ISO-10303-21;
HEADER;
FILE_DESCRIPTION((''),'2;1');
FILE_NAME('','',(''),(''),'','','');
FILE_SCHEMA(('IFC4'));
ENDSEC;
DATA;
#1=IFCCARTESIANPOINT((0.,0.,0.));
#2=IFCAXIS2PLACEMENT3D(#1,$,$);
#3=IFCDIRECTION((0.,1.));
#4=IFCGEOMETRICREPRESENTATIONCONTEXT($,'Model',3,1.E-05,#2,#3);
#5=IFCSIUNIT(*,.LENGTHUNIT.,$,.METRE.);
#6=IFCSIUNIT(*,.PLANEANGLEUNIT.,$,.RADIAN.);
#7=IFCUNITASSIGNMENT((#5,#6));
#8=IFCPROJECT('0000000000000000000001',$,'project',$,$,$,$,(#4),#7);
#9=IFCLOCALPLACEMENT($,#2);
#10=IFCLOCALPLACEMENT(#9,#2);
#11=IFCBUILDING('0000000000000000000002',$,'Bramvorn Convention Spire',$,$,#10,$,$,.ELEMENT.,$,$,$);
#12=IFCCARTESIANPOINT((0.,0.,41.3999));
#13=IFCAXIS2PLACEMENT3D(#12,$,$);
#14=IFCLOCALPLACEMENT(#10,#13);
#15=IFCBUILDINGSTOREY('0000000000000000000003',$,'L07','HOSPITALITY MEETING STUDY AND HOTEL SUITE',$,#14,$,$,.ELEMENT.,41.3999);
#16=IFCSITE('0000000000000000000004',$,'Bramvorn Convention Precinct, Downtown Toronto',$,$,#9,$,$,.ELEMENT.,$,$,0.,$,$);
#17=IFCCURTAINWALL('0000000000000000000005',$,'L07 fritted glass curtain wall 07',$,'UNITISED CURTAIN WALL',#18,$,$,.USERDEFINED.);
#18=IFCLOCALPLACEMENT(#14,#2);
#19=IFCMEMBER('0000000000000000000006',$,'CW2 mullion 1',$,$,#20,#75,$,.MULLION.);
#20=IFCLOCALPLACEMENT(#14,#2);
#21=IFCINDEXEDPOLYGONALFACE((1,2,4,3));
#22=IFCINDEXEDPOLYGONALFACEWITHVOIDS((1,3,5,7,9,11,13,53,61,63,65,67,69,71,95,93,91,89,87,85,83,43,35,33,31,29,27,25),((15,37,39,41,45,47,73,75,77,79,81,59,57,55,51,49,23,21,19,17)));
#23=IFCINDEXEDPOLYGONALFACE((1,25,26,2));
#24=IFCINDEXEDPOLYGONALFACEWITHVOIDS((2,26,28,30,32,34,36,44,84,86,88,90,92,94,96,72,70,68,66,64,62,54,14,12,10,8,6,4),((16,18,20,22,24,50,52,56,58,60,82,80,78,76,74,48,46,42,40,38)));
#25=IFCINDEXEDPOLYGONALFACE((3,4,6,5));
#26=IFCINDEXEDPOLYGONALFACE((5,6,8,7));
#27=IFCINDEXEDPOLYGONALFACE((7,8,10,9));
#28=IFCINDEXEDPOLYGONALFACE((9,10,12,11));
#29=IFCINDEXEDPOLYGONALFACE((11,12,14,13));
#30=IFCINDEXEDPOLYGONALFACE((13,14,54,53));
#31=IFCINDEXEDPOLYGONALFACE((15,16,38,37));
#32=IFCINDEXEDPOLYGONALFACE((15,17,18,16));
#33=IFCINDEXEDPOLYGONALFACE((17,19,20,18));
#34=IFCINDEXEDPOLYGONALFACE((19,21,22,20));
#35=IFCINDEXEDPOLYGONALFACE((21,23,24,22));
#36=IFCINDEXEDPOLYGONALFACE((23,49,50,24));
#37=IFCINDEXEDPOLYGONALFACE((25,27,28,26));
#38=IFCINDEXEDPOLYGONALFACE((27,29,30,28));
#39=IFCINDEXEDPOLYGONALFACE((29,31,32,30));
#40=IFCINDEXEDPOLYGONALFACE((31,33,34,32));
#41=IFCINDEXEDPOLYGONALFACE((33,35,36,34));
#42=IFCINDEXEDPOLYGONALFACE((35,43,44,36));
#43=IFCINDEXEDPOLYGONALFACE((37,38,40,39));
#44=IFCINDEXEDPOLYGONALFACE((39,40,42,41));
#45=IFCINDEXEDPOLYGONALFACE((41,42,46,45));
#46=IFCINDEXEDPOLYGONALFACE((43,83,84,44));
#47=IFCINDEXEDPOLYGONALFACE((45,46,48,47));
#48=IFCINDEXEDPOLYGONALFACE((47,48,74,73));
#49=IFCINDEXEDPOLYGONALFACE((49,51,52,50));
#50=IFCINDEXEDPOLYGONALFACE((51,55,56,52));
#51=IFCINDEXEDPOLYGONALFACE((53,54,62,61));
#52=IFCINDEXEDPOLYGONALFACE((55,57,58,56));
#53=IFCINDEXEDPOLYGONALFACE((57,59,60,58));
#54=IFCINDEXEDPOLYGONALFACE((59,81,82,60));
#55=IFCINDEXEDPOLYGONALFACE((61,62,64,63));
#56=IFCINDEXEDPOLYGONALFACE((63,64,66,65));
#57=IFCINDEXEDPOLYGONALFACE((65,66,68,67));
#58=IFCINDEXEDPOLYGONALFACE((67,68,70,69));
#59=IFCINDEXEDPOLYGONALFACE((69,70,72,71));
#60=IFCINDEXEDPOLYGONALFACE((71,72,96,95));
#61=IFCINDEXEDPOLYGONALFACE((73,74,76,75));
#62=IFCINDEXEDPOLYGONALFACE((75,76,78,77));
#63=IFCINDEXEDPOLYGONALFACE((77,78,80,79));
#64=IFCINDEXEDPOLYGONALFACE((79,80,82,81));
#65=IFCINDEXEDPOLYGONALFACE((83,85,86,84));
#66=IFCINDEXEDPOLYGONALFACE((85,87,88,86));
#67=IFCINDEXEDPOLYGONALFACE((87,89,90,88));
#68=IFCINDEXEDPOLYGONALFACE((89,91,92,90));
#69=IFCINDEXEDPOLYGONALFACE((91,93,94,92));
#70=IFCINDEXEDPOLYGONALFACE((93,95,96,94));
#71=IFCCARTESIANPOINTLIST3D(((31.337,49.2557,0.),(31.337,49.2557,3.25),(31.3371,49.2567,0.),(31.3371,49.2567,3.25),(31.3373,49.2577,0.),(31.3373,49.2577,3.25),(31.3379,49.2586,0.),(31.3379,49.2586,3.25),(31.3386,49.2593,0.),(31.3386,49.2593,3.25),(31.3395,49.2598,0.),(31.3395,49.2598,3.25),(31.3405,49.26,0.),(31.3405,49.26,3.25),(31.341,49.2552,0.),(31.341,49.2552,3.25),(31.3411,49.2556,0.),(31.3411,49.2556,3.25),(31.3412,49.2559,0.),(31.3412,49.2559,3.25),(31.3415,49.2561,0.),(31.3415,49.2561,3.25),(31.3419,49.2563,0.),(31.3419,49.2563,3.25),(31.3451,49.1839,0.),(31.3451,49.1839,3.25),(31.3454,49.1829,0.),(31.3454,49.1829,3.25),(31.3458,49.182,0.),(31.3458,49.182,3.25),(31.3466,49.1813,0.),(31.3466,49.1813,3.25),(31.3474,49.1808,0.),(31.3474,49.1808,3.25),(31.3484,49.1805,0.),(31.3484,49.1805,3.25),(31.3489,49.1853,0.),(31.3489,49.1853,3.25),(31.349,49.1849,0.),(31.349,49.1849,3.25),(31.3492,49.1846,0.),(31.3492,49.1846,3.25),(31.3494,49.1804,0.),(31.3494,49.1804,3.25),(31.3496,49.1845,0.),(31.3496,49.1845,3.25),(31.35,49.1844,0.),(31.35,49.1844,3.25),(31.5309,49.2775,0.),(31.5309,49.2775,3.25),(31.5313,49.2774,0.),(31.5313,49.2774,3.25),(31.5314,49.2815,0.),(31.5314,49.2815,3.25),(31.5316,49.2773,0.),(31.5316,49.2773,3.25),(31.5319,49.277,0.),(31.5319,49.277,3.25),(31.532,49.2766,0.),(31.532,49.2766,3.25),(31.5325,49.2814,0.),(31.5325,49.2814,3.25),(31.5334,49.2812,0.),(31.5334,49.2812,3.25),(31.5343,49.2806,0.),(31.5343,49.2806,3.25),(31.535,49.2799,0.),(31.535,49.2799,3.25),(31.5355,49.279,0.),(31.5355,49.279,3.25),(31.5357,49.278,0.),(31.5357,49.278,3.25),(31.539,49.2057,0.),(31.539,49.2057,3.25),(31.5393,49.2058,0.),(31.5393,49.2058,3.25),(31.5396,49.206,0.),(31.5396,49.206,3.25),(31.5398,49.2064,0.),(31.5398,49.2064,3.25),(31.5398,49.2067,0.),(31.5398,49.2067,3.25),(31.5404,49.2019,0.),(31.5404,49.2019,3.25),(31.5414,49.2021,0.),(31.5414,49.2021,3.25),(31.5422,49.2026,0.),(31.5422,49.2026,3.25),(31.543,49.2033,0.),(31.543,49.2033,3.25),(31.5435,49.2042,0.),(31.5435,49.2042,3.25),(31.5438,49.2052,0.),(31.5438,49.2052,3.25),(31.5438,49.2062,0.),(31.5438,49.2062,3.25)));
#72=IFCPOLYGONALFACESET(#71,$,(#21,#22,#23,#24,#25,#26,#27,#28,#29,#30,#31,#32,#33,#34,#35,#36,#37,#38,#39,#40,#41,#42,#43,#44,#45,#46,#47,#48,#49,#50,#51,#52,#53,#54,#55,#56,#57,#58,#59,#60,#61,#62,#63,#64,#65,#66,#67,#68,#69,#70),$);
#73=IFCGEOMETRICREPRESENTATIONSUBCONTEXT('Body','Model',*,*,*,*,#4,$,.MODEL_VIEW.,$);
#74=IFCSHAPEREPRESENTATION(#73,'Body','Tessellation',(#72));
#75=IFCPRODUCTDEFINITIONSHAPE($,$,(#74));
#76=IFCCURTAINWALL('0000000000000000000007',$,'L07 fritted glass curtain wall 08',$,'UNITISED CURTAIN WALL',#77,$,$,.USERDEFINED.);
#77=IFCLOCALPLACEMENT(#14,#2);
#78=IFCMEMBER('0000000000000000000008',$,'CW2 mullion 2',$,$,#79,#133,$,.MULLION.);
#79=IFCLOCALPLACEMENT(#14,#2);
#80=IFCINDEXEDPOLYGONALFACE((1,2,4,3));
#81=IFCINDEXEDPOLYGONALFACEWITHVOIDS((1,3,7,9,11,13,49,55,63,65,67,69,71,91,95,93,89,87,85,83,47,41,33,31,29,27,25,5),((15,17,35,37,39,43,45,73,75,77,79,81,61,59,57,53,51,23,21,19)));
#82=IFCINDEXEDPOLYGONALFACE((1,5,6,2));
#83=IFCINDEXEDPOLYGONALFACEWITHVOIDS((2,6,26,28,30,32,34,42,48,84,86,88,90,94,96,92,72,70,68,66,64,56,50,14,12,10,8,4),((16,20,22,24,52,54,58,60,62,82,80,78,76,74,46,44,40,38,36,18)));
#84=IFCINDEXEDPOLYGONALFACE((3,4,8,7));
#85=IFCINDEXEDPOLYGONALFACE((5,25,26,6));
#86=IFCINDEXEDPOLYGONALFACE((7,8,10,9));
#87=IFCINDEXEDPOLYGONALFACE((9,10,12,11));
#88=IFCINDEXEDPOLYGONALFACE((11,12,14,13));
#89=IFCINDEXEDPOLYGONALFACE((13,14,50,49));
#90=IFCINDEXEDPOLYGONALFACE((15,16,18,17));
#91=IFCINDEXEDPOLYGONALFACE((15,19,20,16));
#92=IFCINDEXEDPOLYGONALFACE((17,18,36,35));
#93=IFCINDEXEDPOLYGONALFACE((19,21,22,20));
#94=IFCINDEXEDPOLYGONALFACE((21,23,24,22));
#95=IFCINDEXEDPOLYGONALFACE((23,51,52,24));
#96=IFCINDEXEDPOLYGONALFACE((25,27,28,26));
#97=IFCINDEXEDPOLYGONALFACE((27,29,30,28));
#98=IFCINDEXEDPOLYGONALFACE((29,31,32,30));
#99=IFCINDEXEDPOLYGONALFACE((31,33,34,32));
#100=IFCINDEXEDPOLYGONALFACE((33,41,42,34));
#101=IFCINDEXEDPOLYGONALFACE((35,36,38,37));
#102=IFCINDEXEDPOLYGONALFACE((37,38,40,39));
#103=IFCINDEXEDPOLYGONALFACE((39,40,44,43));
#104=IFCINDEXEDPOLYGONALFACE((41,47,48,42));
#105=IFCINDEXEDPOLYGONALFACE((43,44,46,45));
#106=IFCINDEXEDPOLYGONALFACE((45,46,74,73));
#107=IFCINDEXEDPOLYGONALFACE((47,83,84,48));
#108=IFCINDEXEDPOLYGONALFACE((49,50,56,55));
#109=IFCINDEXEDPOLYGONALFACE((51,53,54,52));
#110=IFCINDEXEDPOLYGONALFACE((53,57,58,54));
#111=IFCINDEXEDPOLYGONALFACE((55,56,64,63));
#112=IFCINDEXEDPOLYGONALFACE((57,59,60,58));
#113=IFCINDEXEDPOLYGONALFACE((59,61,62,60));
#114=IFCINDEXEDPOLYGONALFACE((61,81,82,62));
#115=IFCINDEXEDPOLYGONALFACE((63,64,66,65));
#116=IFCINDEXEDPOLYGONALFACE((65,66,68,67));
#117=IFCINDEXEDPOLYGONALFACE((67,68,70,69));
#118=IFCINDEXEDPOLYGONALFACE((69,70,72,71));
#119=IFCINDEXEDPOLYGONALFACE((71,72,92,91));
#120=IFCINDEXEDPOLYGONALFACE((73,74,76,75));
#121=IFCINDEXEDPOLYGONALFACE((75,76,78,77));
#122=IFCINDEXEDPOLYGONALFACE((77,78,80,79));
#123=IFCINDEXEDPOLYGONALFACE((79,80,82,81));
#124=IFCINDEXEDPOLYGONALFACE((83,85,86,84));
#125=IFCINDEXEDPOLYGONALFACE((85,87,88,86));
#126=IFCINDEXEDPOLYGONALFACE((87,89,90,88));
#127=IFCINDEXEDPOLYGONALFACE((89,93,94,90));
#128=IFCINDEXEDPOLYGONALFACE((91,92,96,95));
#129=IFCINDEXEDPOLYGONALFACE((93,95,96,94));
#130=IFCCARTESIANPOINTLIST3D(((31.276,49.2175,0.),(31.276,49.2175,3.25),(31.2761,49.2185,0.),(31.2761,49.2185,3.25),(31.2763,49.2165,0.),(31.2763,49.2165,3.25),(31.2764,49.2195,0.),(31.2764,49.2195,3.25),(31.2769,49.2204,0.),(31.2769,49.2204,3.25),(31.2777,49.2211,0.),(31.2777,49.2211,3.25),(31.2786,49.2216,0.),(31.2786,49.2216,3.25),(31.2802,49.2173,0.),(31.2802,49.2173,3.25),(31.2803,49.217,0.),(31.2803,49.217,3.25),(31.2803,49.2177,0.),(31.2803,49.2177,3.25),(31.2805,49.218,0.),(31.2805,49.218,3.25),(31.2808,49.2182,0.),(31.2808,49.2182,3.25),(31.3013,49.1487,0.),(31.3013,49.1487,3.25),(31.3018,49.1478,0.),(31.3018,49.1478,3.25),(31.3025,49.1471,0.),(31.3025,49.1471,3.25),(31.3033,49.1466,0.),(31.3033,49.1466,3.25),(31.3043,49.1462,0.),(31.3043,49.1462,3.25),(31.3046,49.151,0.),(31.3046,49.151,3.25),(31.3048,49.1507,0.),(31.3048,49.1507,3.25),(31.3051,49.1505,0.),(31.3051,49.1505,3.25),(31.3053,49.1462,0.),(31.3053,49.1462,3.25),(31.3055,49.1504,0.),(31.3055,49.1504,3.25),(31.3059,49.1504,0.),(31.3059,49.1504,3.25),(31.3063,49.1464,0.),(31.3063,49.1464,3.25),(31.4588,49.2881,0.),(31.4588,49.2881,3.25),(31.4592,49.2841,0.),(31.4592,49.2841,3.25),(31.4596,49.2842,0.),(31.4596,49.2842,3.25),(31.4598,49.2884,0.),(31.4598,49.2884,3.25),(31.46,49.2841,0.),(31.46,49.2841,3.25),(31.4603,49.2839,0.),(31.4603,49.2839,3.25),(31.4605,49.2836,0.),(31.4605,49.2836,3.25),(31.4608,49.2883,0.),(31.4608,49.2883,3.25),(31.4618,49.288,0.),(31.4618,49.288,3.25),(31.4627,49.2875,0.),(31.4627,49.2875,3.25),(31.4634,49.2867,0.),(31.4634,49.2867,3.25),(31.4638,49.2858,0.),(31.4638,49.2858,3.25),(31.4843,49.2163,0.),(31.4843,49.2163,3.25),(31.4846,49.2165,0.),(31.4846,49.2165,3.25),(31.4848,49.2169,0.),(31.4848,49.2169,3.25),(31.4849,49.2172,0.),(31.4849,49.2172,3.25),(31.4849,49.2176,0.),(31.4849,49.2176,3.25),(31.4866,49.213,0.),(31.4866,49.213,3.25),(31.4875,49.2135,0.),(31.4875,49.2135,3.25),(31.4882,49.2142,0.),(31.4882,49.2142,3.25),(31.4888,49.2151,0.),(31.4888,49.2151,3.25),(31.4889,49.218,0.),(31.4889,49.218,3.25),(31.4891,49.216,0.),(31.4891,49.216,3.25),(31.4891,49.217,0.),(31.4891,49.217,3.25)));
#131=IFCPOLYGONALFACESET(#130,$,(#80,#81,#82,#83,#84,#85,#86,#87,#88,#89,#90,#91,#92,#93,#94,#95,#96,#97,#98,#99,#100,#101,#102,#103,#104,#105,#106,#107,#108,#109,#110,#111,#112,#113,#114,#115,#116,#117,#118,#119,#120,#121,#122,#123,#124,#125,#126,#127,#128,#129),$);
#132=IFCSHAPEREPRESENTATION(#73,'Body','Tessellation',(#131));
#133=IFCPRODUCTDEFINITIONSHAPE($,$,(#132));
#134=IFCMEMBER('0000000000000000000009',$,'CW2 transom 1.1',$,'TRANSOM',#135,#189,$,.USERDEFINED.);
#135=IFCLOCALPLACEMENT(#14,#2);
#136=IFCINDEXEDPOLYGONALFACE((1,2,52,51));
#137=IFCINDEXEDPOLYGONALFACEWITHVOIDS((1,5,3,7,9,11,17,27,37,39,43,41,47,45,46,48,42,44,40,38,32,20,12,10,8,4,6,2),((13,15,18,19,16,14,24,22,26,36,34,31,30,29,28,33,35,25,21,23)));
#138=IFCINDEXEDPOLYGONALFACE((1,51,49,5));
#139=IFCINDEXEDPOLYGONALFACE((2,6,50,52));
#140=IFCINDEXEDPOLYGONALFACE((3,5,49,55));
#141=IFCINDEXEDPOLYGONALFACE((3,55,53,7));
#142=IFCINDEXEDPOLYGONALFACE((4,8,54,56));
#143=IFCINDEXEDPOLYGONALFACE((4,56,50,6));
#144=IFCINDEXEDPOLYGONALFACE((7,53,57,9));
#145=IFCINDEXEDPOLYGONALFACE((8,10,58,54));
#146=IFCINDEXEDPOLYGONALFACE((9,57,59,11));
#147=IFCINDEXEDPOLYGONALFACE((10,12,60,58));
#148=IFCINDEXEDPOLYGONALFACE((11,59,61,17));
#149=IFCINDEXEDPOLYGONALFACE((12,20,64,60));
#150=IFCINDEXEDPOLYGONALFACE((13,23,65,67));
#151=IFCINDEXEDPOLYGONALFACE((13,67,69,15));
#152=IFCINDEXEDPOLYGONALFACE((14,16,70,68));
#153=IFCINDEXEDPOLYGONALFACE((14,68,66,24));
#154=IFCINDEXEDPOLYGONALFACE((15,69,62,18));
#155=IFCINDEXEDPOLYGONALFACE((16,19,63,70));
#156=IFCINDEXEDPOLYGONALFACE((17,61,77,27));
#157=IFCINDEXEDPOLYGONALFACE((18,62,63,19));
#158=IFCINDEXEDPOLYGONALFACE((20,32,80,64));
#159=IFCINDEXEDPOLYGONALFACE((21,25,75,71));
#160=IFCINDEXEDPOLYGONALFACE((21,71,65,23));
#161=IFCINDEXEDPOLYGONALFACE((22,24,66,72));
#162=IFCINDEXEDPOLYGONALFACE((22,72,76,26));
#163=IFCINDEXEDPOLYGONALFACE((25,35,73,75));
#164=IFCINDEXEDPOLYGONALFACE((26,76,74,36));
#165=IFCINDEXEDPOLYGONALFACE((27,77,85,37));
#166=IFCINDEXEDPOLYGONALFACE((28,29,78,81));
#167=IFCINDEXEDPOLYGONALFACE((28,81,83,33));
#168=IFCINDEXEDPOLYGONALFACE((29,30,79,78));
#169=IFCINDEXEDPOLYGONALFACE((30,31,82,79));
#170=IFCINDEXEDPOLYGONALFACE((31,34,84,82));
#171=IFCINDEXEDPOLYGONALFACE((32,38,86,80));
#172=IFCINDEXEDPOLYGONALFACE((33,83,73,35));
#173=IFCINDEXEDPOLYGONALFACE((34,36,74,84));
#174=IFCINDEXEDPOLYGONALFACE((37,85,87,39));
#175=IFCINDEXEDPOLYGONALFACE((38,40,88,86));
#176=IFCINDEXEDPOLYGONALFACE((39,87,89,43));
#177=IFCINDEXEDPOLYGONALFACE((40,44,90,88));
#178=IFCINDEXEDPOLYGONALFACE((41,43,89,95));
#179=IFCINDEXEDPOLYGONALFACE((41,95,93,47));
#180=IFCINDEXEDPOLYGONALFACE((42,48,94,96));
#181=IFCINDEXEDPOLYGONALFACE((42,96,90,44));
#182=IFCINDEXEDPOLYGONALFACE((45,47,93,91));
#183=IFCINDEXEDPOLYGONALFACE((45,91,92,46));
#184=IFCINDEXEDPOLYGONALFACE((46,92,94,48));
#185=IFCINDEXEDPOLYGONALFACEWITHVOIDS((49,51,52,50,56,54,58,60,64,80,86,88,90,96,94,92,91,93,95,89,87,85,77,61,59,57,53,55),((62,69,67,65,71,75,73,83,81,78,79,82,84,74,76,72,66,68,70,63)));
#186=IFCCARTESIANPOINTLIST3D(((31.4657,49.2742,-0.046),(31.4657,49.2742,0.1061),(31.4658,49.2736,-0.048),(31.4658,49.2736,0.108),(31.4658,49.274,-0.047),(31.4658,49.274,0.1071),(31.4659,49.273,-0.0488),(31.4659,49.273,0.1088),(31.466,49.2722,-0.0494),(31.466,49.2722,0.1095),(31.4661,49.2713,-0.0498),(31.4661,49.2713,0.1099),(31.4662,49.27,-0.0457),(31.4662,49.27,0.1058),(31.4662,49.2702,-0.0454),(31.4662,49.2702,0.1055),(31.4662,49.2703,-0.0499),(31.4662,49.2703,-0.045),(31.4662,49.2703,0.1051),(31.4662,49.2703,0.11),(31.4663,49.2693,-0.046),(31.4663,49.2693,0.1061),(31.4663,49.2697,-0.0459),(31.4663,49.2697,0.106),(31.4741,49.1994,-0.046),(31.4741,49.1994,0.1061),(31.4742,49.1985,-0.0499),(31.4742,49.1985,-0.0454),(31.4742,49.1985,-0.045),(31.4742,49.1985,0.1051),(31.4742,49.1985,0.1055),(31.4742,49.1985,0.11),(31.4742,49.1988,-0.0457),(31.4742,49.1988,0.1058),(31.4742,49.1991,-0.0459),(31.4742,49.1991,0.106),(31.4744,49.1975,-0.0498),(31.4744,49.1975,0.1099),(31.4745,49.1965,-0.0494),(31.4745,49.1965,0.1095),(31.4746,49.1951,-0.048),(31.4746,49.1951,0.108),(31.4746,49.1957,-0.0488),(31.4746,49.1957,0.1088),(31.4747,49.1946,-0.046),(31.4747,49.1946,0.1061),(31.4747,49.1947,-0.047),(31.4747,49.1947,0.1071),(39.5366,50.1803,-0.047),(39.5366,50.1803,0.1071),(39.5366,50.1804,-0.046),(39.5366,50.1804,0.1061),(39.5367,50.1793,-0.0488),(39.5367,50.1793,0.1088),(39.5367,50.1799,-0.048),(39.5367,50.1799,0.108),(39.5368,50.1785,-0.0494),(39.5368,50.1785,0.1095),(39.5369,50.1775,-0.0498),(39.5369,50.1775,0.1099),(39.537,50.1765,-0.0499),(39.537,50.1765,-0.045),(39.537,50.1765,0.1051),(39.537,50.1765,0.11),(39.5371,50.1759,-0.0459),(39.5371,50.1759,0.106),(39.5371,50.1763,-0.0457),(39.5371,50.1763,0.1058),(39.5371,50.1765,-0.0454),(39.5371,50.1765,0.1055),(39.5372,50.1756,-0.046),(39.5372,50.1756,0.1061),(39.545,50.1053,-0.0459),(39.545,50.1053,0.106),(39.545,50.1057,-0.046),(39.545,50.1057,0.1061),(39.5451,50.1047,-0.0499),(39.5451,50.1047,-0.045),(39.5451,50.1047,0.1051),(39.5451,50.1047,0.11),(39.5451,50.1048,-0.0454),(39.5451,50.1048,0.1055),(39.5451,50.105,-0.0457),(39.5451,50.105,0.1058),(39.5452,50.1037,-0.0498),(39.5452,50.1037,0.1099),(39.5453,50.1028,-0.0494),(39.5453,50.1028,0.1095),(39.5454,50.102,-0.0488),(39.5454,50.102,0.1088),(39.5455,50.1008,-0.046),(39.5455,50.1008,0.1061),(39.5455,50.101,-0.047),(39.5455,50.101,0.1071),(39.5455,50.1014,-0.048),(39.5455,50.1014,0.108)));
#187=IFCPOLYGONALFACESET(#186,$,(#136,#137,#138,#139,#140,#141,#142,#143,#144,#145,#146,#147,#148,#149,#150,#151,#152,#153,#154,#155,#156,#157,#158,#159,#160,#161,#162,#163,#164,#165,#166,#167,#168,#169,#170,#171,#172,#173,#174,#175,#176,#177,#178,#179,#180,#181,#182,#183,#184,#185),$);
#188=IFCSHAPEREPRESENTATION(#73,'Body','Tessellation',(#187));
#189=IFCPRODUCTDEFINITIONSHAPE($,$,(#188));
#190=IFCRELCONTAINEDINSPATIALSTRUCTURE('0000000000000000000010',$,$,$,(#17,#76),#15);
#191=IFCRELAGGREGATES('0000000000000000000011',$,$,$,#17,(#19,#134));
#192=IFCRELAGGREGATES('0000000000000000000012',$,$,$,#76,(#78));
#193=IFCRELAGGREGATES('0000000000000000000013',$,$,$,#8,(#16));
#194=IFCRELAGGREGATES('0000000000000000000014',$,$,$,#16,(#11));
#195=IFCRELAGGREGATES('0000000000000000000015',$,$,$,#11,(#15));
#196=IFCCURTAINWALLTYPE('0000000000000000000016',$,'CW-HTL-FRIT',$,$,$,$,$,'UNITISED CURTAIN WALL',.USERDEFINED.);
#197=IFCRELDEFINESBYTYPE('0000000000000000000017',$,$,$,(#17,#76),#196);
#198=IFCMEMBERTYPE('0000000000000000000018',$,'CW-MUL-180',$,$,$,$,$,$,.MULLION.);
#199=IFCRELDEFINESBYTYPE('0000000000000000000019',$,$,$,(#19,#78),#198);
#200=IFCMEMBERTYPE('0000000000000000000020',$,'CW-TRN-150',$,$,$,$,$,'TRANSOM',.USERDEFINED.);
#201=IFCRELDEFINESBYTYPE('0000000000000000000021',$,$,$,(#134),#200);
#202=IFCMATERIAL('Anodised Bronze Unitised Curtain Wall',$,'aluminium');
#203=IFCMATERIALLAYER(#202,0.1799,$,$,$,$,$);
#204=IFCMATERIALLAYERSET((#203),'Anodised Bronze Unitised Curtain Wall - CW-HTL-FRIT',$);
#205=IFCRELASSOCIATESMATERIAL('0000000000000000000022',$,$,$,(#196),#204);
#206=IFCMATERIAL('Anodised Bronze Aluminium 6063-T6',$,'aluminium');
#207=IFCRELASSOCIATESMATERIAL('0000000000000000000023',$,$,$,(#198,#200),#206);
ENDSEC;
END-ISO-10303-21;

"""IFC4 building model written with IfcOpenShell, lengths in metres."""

from ifc_helpers import new_model, si_unit, direction, frame, origin, origin_2d, place, context, subcontext, project, spatial, hollow_rectangle, extrude, material, layer, layer_set, material_profile, profile_set, type_object, element, aggregate, save


model = new_model("IFC4")

# Units and contexts
model_context = context("Model", 3, precision=1e-05, world=origin(), true_north=direction((0.0, 1.0)))
body_context = subcontext(model_context, "Body", "Model", "MODEL_VIEW")
ifc_project = project(units=[si_unit("LENGTHUNIT", "METRE"), si_unit("PLANEANGLEUNIT", "RADIAN")], contexts=[model_context])

# Site, building, storey
site_placement = place(None, origin())
site = spatial("IfcSite", under=ifc_project, at=site_placement, Name="Bramvorn Convention Precinct, Downtown Toronto", CompositionType="ELEMENT", RefElevation=0.0)
building_placement = place(site_placement, origin())
building = spatial("IfcBuilding", under=site, at=building_placement, Name="Bramvorn Convention Spire", CompositionType="ELEMENT")
storey_placement = place(building_placement, frame((0.0, 0.0, 41.3999)))
storey = spatial("IfcBuildingStorey", under=building, at=storey_placement, Name="L07", Description="HOSPITALITY MEETING STUDY AND HOTEL SUITE", CompositionType="ELEMENT", Elevation=41.3999)

# Curtain walls, members
ifc_material_1 = material(Name="Anodised Bronze Unitised Curtain Wall", Category="aluminium")
ifc_layer_1 = layer(ifc_material_1, 0.1799)
ifc_layer_set_1 = layer_set([ifc_layer_1], Name="Anodised Bronze Unitised Curtain Wall - CW-HTL-FRIT")
curtain_wall_type = type_object("IfcCurtainWallType", Name="CW-HTL-FRIT", ElementType="UNITISED CURTAIN WALL", PredefinedType="USERDEFINED", material=ifc_layer_set_1)
curtain_wall_1_placement = place(storey_placement, origin())
curtain_wall_1 = element("IfcCurtainWall", 1, at=curtain_wall_1_placement, inside=storey, type_object=curtain_wall_type, Name="L07 fritted glass curtain wall 07", ObjectType="UNITISED CURTAIN WALL", PredefinedType="USERDEFINED")
ifc_material_2 = material(Name="Anodised Bronze Aluminium 6063-T6", Category="aluminium")
ifc_material_profile_1 = material_profile(ifc_material_2, hollow_rectangle(XDim=0.0801, YDim=0.2, WallThickness=0.0039, InnerFilletRadius=0.001, OuterFilletRadius=0.0039, at=origin_2d()))
ifc_profile_set_1 = profile_set([ifc_material_profile_1], Name="Anodised Bronze Aluminium 6063-T6 - CWM80X200")
member_type_1 = type_object("IfcMemberType", Name="CW-MUL-180", PredefinedType="MULLION", material=ifc_profile_set_1)
member_1_placement = place(storey_placement, frame((31.4404, 49.231, 0.0), z_axis=(0.0, 0.0, 1.0), x_axis=(-0.111583, 0.993755, 0.0)))
member_1 = element("IfcMember", 2, at=member_1_placement, type_object=member_type_1, Name="CW2 mullion 1", PredefinedType="MULLION", context=body_context, shape_type="SweptSolid", body=[
    extrude(hollow_rectangle(XDim=0.0801, YDim=0.2, WallThickness=0.0039, InnerFilletRadius=0.001, OuterFilletRadius=0.0039, at=origin_2d()), origin(), (0.0, 0.0, 1.0), 3.25),
])
curtain_wall_2_placement = place(storey_placement, origin())
curtain_wall_2 = element("IfcCurtainWall", 3, at=curtain_wall_2_placement, inside=storey, type_object=curtain_wall_type, Name="L07 fritted glass curtain wall 08", ObjectType="UNITISED CURTAIN WALL", PredefinedType="USERDEFINED")
member_2_placement = place(storey_placement, frame((31.3826, 49.2173, 0.0), z_axis=(0.0, 0.0, 1.0), x_axis=(-0.34655, 0.938032, 0.0)))
member_2 = element("IfcMember", 4, at=member_2_placement, type_object=member_type_1, Name="CW2 mullion 2", PredefinedType="MULLION", context=body_context, shape_type="SweptSolid", body=[
    extrude(hollow_rectangle(XDim=0.0801, YDim=0.2, WallThickness=0.0039, InnerFilletRadius=0.001, OuterFilletRadius=0.0039, at=origin_2d()), origin(), (0.0, 0.0, 1.0), 3.25),
])

# Member
ifc_material_profile_2 = material_profile(ifc_material_2, hollow_rectangle(XDim=0.0801, YDim=0.1599, WallThickness=0.0039, InnerFilletRadius=0.001, OuterFilletRadius=0.0039, at=origin_2d()))
ifc_profile_set_2 = profile_set([ifc_material_profile_2], Name="Anodised Bronze Aluminium 6063-T6 - CWT80X160")
member_type_2 = type_object("IfcMemberType", Name="CW-TRN-150", ElementType="TRANSOM", PredefinedType="USERDEFINED", material=ifc_profile_set_2)
member_3_placement = place(storey_placement, frame((31.4702, 49.2344, 0.03), z_axis=(0.993755, 0.111586, 0.0), x_axis=(-0.111586, 0.993755, 0.0)))
member_3 = element("IfcMember", 5, at=member_3_placement, type_object=member_type_2, Name="CW2 transom 1.1", ObjectType="TRANSOM", PredefinedType="USERDEFINED", context=body_context, shape_type="SweptSolid", body=[
    extrude(hollow_rectangle(XDim=0.0801, YDim=0.1599, WallThickness=0.0039, InnerFilletRadius=0.001, OuterFilletRadius=0.0039, at=origin_2d()), origin(), (0.0, 0.0, 1.0), 8.1216),
])
aggregate(curtain_wall_1, [member_1, member_3])

aggregate(curtain_wall_2, [member_2])

save(model, "model.ifc")
